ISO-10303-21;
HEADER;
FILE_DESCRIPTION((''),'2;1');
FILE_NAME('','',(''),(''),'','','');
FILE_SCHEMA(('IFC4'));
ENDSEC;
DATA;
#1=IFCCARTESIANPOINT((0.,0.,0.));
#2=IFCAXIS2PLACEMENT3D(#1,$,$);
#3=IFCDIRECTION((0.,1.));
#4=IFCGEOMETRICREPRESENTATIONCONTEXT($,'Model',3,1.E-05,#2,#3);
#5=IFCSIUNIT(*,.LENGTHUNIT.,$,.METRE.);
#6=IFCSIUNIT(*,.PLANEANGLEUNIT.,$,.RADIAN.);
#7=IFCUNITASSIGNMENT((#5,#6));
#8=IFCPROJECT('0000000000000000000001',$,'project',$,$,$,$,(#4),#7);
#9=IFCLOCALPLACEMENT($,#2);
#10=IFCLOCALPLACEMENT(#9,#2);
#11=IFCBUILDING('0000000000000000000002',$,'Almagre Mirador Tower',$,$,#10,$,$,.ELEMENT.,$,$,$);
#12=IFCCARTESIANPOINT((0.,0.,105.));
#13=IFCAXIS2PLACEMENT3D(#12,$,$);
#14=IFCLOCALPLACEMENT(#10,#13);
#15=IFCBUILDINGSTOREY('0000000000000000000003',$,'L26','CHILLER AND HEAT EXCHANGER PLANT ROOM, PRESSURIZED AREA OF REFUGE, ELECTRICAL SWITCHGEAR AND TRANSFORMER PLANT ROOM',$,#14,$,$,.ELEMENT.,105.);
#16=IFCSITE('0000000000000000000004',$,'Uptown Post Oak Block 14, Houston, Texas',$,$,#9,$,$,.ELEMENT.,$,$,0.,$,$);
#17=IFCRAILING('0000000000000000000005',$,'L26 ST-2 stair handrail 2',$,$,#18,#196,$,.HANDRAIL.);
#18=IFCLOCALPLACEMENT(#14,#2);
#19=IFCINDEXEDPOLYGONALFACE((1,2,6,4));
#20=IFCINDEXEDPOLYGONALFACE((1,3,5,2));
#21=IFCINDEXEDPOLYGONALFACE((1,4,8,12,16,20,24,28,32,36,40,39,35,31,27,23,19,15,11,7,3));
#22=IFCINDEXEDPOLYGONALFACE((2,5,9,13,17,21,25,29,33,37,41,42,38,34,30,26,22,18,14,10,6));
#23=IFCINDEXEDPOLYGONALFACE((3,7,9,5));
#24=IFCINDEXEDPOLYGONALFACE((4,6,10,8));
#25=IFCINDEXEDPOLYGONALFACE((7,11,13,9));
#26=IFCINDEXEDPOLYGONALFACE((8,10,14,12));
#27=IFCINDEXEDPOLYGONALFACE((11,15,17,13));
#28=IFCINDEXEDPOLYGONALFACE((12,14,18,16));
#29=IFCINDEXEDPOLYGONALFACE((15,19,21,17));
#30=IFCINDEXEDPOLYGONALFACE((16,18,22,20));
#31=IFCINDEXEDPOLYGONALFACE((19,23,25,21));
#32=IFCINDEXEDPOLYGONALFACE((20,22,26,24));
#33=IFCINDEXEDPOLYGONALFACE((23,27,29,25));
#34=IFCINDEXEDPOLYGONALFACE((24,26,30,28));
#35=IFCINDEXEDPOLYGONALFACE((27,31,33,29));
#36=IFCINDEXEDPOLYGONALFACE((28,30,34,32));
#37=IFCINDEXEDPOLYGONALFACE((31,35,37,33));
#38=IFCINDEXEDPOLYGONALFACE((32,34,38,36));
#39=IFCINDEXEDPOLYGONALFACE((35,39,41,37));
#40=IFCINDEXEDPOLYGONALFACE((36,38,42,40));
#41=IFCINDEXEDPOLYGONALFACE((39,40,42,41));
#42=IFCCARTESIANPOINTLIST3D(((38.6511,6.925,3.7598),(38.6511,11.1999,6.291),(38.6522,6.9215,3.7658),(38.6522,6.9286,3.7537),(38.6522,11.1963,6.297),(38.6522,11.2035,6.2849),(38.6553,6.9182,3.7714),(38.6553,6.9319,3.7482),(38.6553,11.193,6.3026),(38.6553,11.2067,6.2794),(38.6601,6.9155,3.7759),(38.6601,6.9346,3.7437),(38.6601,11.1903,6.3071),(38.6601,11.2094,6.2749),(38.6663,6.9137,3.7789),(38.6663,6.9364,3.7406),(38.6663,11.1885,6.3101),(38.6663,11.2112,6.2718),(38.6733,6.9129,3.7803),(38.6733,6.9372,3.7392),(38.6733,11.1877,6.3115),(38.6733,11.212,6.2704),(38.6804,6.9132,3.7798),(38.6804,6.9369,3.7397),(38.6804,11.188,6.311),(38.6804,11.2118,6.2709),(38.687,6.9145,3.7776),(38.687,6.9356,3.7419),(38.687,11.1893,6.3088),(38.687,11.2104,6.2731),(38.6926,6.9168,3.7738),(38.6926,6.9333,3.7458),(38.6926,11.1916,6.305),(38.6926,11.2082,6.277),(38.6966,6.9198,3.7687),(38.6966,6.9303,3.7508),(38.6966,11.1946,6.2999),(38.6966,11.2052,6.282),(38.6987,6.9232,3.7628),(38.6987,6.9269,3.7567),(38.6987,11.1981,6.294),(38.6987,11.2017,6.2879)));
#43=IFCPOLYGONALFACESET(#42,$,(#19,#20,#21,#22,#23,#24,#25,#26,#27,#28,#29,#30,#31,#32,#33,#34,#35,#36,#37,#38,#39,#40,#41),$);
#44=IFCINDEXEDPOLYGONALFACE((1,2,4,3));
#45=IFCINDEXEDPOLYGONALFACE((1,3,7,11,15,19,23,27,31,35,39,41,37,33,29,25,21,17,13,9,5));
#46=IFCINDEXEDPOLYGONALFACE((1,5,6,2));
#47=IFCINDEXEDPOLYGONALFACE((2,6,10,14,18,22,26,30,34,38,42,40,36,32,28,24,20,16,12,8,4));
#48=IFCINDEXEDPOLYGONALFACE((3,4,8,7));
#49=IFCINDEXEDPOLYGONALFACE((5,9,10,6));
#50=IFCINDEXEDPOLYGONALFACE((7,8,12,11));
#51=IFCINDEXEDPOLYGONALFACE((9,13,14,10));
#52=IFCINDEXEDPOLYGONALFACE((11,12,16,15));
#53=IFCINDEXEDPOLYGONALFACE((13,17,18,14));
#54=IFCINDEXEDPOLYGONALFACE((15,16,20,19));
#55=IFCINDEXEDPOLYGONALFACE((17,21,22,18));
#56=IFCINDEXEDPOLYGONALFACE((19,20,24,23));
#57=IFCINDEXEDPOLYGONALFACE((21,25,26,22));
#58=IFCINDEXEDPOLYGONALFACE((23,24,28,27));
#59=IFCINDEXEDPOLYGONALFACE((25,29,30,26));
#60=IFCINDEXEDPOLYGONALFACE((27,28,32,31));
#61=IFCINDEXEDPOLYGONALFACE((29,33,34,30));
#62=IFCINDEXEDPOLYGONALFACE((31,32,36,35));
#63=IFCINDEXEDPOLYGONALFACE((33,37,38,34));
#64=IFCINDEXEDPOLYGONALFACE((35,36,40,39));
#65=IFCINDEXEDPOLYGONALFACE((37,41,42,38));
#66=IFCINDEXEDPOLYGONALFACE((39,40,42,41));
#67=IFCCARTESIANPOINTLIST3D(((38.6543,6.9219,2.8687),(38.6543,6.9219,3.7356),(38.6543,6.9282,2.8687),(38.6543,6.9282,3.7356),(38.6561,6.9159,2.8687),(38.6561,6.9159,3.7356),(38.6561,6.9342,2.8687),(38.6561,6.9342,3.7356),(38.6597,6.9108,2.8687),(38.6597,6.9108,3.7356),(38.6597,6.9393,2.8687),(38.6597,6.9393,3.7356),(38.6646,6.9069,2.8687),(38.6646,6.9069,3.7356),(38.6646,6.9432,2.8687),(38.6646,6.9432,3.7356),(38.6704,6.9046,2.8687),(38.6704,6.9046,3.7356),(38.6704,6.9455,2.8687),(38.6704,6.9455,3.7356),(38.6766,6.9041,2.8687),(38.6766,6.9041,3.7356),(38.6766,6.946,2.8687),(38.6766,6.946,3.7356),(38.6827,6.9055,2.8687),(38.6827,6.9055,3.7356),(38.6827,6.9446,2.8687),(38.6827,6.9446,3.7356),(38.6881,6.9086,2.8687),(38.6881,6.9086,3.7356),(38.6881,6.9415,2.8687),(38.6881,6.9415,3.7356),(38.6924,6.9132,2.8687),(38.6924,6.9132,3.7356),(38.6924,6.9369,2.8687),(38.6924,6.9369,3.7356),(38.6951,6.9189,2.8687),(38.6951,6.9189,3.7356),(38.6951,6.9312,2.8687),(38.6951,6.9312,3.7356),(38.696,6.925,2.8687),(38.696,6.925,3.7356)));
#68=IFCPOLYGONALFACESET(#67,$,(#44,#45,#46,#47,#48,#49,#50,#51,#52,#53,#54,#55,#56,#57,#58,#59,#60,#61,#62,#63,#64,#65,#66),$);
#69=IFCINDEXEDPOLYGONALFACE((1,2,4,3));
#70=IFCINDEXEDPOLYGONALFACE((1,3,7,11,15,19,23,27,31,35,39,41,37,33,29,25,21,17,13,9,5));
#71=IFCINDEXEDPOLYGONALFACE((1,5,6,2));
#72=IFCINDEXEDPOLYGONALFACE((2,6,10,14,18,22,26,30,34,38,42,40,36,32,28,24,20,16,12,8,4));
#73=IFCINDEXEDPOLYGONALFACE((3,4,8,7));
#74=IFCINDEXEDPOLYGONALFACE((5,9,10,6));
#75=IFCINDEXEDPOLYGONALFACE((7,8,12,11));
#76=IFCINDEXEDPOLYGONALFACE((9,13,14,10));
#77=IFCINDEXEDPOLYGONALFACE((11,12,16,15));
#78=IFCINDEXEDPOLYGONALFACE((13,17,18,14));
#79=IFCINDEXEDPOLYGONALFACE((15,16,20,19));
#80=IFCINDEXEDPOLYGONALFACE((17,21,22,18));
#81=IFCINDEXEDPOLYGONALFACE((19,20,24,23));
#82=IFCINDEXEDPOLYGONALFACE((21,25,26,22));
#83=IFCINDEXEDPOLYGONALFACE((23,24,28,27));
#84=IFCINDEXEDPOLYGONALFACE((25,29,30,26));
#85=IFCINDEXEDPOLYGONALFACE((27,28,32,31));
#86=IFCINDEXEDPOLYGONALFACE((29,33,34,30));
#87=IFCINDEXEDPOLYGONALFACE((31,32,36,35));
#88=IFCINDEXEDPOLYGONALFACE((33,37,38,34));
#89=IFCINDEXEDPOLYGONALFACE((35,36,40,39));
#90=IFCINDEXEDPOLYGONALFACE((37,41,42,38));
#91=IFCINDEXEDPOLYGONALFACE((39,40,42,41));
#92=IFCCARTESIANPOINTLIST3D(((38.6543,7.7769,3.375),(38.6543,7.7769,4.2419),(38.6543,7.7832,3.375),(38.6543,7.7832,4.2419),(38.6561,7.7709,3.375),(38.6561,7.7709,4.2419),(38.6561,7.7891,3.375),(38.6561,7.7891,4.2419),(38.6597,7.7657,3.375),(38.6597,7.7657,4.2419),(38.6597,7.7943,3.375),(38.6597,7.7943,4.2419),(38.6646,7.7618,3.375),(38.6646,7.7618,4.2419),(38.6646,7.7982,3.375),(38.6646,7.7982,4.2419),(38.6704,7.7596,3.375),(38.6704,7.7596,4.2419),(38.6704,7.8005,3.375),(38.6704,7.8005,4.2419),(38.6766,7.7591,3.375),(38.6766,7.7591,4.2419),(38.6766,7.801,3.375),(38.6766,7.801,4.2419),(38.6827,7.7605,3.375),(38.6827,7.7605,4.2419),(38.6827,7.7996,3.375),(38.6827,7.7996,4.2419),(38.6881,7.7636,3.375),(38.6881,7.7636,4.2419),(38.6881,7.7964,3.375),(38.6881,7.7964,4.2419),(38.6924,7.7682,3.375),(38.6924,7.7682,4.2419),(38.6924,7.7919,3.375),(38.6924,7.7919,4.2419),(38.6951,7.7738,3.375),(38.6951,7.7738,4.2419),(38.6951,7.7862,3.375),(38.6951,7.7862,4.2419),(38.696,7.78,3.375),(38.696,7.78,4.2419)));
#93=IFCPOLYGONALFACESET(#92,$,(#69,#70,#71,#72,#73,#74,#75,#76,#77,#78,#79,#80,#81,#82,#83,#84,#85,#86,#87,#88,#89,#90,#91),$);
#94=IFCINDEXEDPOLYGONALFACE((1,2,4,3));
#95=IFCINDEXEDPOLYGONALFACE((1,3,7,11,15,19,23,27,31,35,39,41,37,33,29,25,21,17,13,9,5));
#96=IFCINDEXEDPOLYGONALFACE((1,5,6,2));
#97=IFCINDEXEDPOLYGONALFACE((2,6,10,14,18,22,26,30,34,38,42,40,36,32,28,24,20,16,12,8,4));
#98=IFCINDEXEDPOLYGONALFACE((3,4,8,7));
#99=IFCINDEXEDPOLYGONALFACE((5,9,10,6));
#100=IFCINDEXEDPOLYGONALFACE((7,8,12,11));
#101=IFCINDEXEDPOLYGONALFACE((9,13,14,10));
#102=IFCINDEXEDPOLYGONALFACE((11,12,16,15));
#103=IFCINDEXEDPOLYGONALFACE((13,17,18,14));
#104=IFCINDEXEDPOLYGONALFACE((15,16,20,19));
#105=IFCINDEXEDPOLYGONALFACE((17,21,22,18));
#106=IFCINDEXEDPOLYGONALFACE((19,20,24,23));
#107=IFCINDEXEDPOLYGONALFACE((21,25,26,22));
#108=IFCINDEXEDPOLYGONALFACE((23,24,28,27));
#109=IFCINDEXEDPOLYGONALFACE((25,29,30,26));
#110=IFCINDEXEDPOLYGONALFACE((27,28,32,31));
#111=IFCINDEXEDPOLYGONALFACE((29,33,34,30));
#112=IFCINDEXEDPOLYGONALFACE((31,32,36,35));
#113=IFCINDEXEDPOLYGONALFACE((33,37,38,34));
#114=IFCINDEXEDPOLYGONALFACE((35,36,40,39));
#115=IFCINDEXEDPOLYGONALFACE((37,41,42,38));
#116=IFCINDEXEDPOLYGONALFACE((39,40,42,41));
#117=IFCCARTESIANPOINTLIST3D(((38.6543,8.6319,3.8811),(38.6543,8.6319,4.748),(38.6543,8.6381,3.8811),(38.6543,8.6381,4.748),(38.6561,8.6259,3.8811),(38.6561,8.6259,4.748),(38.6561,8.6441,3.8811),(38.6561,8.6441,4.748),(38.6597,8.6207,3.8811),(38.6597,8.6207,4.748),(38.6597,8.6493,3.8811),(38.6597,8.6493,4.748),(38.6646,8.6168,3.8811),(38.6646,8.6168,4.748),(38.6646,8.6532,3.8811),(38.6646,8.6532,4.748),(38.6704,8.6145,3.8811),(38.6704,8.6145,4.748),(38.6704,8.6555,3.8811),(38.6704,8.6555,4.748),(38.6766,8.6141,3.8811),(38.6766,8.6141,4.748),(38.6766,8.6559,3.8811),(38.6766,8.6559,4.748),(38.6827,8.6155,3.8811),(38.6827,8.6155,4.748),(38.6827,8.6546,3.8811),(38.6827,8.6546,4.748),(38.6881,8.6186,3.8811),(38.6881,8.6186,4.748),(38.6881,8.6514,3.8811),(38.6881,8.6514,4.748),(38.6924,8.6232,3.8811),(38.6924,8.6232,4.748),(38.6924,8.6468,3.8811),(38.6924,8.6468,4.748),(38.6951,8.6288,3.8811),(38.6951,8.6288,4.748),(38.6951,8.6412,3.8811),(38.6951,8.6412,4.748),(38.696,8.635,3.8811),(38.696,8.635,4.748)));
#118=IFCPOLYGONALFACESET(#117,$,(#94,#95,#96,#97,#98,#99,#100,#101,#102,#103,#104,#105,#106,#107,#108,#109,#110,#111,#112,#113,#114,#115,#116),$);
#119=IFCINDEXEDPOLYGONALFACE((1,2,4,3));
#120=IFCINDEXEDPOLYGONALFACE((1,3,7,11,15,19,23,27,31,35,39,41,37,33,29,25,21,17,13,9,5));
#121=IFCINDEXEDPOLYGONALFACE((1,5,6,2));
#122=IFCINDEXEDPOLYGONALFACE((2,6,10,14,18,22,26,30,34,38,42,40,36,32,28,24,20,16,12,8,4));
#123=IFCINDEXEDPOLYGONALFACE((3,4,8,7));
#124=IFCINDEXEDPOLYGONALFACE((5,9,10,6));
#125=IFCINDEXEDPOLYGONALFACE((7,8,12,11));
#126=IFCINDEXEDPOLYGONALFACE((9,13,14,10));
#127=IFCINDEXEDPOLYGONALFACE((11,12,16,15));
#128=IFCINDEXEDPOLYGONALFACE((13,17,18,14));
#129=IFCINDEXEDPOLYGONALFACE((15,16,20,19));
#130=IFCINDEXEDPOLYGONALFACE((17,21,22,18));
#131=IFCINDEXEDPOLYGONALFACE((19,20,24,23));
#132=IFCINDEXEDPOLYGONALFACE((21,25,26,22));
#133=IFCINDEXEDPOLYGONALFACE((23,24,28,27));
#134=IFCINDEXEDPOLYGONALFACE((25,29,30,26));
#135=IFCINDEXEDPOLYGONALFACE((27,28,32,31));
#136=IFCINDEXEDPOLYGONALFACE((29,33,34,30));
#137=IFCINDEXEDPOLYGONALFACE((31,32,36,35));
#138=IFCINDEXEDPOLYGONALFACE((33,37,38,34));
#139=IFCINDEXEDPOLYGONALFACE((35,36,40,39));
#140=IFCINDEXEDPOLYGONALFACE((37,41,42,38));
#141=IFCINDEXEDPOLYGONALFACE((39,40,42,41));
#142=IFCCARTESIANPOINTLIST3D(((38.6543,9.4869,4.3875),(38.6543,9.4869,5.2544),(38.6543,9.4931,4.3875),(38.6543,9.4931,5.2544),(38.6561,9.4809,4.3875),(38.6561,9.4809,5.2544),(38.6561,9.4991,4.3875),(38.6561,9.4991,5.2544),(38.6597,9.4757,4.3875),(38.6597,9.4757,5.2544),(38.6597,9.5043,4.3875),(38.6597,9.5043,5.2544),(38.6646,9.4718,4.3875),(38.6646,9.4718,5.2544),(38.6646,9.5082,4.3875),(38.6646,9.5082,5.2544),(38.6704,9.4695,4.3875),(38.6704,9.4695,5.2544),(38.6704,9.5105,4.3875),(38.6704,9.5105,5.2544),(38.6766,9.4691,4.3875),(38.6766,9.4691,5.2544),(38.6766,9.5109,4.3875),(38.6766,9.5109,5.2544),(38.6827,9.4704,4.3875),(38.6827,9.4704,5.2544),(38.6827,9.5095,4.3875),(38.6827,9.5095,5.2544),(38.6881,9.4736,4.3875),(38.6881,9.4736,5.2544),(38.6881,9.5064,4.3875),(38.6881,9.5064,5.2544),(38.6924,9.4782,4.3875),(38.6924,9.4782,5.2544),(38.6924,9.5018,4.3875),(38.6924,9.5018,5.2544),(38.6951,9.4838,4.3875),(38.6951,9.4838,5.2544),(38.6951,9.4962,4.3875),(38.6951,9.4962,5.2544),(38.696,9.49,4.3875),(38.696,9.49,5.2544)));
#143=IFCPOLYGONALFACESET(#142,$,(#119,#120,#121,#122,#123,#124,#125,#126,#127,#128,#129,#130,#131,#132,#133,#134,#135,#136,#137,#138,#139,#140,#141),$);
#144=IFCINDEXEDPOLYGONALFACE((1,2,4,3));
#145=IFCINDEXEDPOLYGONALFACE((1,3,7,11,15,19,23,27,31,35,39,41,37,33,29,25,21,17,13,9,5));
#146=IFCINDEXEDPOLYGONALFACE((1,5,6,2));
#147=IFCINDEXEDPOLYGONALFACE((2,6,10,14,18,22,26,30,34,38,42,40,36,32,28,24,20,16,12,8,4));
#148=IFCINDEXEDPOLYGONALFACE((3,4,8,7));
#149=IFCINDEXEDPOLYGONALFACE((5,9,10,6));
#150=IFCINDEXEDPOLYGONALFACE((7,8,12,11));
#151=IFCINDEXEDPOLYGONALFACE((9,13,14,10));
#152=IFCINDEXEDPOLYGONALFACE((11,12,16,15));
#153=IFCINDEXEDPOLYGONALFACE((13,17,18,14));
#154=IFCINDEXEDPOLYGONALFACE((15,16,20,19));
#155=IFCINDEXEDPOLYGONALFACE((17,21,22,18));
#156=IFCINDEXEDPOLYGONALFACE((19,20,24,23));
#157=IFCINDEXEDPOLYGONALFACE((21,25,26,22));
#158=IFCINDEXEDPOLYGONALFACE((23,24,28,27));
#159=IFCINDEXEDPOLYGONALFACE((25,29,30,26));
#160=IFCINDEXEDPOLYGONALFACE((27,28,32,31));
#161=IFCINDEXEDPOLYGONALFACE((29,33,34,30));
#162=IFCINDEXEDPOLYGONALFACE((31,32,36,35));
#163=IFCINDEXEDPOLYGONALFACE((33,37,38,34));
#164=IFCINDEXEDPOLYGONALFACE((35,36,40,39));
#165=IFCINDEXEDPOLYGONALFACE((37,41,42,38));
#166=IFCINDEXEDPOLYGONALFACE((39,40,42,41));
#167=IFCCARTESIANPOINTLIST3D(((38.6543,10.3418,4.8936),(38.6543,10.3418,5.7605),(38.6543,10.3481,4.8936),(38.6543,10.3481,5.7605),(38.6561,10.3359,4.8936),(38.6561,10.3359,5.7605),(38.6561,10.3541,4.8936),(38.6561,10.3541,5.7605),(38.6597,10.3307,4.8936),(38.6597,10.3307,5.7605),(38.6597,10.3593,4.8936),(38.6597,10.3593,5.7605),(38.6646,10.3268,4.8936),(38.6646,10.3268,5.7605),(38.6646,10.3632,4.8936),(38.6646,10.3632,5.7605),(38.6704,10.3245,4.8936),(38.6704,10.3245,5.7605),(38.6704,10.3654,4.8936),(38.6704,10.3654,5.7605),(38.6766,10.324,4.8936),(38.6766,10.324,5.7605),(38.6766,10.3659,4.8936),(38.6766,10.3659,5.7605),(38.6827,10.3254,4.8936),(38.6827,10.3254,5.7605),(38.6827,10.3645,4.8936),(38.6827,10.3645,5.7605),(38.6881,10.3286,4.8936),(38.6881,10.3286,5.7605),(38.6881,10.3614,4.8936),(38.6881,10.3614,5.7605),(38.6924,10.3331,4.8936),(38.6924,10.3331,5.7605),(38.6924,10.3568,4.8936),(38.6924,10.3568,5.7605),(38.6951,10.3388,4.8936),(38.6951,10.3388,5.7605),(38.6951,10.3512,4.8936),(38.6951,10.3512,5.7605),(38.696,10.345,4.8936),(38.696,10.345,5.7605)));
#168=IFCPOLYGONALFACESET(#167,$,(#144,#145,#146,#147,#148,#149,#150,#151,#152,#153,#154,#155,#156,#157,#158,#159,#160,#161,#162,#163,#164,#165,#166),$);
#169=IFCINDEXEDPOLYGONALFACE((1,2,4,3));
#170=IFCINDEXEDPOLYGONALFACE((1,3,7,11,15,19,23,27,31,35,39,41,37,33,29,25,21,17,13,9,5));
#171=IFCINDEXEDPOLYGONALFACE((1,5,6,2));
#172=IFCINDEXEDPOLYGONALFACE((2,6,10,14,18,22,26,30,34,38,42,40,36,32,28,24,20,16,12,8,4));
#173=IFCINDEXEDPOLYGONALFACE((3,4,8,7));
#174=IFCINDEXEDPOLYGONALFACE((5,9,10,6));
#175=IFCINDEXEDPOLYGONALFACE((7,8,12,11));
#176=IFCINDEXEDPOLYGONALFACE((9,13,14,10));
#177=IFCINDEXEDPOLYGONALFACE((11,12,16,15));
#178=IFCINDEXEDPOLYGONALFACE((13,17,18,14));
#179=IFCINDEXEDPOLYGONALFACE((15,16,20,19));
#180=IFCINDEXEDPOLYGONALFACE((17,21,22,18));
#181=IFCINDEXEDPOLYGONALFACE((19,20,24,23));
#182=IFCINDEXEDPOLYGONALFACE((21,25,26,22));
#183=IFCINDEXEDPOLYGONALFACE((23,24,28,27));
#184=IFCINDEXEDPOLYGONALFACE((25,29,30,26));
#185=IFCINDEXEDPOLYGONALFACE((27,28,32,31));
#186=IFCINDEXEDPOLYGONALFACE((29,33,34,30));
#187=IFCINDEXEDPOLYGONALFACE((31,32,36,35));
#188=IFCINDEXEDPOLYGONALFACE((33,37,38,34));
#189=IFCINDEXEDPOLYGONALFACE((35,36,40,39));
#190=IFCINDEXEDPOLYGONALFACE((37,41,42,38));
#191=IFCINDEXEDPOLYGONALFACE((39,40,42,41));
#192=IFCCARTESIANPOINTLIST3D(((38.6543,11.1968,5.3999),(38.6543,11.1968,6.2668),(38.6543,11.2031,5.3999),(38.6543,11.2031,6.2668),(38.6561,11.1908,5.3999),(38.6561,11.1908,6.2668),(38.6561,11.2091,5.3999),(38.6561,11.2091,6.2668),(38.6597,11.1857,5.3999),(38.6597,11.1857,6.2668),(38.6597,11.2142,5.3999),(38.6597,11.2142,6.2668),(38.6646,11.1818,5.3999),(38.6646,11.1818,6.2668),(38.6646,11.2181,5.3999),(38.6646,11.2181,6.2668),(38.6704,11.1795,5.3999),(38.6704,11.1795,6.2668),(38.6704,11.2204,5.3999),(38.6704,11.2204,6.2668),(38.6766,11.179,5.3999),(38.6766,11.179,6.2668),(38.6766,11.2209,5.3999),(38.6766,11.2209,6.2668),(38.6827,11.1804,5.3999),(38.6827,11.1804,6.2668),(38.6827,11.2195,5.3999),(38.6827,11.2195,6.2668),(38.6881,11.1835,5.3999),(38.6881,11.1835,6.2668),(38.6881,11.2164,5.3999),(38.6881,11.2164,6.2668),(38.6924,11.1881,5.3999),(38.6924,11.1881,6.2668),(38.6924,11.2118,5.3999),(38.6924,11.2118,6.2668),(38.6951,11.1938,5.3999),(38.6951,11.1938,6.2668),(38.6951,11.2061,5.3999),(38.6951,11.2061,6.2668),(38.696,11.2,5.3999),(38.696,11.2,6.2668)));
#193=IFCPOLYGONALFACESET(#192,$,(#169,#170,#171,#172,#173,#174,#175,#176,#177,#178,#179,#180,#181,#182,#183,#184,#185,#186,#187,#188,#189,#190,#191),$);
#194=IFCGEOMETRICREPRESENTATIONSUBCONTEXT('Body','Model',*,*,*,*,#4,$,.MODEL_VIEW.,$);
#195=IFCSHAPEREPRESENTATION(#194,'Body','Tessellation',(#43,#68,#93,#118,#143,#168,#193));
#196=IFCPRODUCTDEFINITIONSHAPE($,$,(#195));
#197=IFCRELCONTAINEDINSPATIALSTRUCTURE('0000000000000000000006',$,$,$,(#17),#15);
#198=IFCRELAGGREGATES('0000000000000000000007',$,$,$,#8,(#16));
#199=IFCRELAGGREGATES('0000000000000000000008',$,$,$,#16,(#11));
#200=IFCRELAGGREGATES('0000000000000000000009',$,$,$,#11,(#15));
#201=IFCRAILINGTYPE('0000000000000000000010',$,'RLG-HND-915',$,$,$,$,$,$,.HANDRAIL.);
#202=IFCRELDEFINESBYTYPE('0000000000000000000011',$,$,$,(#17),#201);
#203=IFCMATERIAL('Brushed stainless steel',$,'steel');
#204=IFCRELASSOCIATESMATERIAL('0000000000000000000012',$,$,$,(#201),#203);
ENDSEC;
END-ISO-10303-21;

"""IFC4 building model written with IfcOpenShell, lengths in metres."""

from ifc_helpers import new_model, si_unit, direction, frame, origin, origin_2d, place, context, subcontext, project, spatial, circle, extrude, material, type_object, element, save


model = new_model("IFC4")

# Units and contexts
model_context = context("Model", 3, precision=1e-05, world=origin(), true_north=direction((0.0, 1.0)))
body_context = subcontext(model_context, "Body", "Model", "MODEL_VIEW")
ifc_project = project(units=[si_unit("LENGTHUNIT", "METRE"), si_unit("PLANEANGLEUNIT", "RADIAN")], contexts=[model_context])

# Site, building, storey
site_placement = place(None, origin())
site = spatial("IfcSite", under=ifc_project, at=site_placement, Name="Uptown Post Oak Block 14, Houston, Texas", CompositionType="ELEMENT", RefElevation=0.0)
building_placement = place(site_placement, origin())
building = spatial("IfcBuilding", under=site, at=building_placement, Name="Almagre Mirador Tower", CompositionType="ELEMENT")
storey_placement = place(building_placement, frame((0.0, 0.0, 105.0)))
storey = spatial("IfcBuildingStorey", under=building, at=storey_placement, Name="L26", Description="CHILLER AND HEAT EXCHANGER PLANT ROOM, PRESSURIZED AREA OF REFUGE, ELECTRICAL SWITCHGEAR AND TRANSFORMER PLANT ROOM", CompositionType="ELEMENT", Elevation=105.0)

# Railing
ifc_material_1 = material(Name="Brushed stainless steel", Category="steel")
railing_type_1 = type_object("IfcRailingType", Name="RLG-HND-915", PredefinedType="HANDRAIL", material=ifc_material_1)
railing_1_placement = place(storey_placement, frame((38.675, 6.925, 2.8687)))
element("IfcRailing", 1, at=railing_1_placement, inside=storey, type_object=railing_type_1, Name="L26 ST-2 stair handrail 2", PredefinedType="HANDRAIL", context=body_context, shape_type="SweptSolid", body=[
    extrude(circle(Radius=0.0239, at=origin_2d()), frame((0.0, 0.0, 0.8911), z_axis=(0.0, 0.86047, 0.509501), x_axis=(-1.0, 0.0, 0.0)), (0.0, 0.0, 1.0), 4.968),
    extrude(circle(Radius=0.021, at=origin_2d()), origin(), (0.0, 0.0, 1.0), 0.8669),
    extrude(circle(Radius=0.021, at=origin_2d()), frame((0.0, 0.855, 0.5063)), (0.0, 0.0, 1.0), 0.8669),
    extrude(circle(Radius=0.021, at=origin_2d()), frame((0.0, 1.71, 1.0125)), (0.0, 0.0, 1.0), 0.8669),
    extrude(circle(Radius=0.021, at=origin_2d()), frame((0.0, 2.5649, 1.5188)), (0.0, 0.0, 1.0), 0.8669),
    extrude(circle(Radius=0.021, at=origin_2d()), frame((0.0, 3.4199, 2.0249)), (0.0, 0.0, 1.0), 0.8669),
    extrude(circle(Radius=0.021, at=origin_2d()), frame((0.0, 4.2749, 2.5312)), (0.0, 0.0, 1.0), 0.8669),
])

save(model, "model.ifc")
